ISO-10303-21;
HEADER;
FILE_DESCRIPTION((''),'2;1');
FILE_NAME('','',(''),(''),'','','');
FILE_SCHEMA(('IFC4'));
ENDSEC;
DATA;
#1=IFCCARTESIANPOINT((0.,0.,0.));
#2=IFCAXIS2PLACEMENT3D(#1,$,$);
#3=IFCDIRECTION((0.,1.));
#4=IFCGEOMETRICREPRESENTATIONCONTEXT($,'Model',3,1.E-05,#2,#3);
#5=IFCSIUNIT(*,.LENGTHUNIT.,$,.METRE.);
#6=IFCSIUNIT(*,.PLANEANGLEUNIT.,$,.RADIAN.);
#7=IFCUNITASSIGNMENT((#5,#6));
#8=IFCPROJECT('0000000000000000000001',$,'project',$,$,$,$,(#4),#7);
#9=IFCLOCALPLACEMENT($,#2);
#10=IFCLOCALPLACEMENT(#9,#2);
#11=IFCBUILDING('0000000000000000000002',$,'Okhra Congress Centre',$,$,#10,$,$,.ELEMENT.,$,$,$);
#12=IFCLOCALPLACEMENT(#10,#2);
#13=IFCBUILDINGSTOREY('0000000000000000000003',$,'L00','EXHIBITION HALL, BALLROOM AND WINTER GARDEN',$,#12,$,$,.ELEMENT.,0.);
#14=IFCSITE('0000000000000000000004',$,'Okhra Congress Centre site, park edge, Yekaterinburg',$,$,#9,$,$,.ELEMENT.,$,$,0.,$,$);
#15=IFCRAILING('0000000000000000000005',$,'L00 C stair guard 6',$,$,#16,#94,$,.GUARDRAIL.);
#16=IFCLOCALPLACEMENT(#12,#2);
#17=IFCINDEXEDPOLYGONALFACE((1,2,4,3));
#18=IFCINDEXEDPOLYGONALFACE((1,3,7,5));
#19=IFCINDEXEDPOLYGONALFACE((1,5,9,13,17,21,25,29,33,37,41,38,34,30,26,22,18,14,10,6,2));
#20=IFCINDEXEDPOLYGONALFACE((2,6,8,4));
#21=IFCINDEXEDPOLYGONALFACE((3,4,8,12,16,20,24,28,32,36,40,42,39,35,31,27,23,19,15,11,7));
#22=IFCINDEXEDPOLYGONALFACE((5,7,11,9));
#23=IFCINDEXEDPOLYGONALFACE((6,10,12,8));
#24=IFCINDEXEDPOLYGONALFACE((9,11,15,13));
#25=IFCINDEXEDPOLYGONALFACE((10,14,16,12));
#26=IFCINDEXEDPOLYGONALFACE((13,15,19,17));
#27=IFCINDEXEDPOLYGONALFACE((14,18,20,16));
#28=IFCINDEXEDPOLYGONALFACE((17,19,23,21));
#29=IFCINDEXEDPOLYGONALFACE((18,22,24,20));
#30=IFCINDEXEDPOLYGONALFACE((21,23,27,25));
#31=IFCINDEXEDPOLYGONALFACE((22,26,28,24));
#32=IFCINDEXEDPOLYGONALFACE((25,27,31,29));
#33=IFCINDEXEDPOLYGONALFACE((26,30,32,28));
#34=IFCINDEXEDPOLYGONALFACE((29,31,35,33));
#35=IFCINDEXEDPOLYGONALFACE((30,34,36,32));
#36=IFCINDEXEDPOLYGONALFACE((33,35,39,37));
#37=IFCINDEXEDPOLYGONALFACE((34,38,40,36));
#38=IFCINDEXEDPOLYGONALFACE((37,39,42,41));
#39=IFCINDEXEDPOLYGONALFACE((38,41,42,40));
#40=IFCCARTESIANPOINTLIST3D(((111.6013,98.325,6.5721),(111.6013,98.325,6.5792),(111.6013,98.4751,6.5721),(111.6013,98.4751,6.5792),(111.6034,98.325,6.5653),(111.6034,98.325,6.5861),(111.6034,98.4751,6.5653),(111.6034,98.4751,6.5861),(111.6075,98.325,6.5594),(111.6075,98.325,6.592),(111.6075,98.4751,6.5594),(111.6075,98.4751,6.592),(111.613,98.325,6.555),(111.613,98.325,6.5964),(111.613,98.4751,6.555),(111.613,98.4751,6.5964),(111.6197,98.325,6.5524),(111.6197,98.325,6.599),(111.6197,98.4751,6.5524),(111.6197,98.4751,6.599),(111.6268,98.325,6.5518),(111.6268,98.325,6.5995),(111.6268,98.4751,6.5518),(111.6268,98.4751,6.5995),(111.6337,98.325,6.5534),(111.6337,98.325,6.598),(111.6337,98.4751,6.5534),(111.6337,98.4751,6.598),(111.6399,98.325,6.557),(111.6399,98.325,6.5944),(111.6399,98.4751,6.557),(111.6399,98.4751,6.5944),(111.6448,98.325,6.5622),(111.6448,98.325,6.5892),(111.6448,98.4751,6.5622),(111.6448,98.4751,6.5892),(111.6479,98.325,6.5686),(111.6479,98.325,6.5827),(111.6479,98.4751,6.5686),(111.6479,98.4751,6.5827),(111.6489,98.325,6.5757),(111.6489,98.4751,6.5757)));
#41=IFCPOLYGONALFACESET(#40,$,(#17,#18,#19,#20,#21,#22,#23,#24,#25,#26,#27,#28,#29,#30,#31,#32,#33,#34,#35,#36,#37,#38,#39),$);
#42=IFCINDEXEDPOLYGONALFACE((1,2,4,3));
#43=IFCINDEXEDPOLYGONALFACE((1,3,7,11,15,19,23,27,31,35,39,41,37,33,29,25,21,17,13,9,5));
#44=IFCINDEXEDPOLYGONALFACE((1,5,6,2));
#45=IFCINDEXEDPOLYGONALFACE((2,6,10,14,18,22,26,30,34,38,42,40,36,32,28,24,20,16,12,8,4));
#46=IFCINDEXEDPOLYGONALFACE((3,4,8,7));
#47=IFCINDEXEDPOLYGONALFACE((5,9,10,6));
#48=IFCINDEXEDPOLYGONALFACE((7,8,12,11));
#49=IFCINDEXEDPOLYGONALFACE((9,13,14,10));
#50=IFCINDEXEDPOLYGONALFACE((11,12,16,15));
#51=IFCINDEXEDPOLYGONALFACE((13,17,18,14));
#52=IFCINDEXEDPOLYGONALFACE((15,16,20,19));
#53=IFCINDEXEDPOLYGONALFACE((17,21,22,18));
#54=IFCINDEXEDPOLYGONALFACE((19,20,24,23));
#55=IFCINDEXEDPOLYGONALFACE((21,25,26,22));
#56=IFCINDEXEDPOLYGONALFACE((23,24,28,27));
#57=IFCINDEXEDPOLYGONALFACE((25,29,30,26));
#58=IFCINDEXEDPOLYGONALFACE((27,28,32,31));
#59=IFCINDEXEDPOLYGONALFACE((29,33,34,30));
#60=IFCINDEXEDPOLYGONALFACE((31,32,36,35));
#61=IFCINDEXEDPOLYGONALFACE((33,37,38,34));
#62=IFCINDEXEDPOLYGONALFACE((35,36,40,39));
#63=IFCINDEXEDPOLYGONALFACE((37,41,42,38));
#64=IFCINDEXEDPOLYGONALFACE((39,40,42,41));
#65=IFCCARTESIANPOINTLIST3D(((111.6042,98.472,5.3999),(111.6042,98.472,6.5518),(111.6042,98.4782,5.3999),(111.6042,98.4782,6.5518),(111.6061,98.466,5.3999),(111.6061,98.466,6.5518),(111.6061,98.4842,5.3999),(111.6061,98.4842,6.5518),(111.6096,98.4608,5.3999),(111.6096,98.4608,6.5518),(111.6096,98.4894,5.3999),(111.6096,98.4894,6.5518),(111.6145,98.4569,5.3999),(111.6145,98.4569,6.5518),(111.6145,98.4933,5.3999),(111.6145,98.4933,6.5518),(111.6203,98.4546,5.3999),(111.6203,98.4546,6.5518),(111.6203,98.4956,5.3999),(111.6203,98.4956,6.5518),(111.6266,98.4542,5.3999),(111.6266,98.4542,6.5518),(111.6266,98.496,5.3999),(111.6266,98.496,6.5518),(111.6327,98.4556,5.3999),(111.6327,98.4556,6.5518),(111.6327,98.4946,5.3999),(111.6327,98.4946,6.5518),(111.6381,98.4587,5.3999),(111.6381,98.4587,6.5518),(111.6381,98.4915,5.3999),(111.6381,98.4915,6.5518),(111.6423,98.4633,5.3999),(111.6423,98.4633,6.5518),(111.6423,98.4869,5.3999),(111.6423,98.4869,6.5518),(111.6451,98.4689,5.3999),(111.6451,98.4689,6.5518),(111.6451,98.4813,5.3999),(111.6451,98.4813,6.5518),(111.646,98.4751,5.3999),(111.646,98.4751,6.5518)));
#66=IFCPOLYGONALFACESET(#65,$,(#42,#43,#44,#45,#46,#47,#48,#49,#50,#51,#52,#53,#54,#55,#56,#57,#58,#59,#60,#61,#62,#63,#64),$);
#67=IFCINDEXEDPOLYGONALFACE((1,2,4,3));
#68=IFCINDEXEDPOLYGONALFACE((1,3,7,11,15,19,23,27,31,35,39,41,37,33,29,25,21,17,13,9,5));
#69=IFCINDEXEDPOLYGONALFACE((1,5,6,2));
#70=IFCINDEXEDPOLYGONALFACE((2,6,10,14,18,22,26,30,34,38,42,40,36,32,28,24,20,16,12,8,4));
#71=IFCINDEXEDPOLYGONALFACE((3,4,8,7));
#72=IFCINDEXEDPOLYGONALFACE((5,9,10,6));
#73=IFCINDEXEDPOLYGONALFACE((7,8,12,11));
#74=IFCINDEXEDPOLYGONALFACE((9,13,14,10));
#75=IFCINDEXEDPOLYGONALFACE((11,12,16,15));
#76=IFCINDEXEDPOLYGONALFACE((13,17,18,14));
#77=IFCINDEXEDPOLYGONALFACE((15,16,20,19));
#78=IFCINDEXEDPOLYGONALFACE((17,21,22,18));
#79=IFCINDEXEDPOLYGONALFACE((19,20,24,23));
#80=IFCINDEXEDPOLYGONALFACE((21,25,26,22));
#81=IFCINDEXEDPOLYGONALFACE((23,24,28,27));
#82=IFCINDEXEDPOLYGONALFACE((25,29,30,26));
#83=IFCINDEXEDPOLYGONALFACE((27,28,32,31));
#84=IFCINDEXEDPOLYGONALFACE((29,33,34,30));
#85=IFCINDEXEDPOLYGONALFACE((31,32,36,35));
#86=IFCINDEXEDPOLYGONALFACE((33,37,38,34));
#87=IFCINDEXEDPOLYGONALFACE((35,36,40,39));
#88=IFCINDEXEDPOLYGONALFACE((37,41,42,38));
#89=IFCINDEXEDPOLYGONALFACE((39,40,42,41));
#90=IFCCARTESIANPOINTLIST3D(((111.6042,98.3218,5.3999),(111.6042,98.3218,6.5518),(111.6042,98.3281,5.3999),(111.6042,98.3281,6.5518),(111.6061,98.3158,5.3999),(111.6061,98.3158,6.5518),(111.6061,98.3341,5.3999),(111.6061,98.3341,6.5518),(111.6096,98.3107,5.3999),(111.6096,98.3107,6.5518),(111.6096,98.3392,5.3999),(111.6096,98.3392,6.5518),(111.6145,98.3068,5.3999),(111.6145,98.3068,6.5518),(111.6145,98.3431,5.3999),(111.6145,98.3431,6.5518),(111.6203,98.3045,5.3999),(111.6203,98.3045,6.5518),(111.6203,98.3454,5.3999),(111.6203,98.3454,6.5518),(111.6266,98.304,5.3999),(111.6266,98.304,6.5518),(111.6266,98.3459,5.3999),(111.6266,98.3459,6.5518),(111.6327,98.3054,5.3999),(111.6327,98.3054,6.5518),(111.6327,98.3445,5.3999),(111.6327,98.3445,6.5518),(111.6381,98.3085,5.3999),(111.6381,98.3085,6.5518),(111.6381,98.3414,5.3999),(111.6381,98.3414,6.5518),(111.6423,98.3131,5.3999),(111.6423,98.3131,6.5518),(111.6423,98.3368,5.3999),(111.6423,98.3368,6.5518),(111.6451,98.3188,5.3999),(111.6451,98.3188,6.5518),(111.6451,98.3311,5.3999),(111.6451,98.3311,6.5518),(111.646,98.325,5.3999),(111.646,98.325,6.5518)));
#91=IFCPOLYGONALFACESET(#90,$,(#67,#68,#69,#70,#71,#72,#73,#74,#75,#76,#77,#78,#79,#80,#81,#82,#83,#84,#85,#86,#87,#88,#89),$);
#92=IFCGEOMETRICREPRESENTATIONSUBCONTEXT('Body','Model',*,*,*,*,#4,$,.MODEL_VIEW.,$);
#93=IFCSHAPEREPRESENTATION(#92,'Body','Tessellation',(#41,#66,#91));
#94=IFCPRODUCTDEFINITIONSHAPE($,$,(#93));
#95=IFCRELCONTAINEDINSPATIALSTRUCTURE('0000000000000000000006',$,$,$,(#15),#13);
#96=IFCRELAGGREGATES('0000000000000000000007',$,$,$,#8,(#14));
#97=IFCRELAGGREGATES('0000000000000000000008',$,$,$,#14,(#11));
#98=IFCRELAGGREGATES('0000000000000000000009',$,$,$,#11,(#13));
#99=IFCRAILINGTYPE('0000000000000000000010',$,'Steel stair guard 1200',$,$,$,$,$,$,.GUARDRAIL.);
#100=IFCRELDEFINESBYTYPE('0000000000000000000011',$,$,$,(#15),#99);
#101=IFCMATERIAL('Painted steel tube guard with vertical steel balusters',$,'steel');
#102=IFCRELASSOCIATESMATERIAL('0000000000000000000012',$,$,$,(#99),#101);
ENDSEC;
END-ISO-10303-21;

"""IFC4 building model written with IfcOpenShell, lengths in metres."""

from ifc_helpers import new_model, si_unit, direction, frame, origin, origin_2d, place, context, subcontext, project, spatial, circle, extrude, material, type_object, element, save


model = new_model("IFC4")

# Units and contexts
model_context = context("Model", 3, precision=1e-05, world=origin(), true_north=direction((0.0, 1.0)))
body_context = subcontext(model_context, "Body", "Model", "MODEL_VIEW")
ifc_project = project(units=[si_unit("LENGTHUNIT", "METRE"), si_unit("PLANEANGLEUNIT", "RADIAN")], contexts=[model_context])

# Site, building, storey
site_placement = place(None, origin())
site = spatial("IfcSite", under=ifc_project, at=site_placement, Name="Okhra Congress Centre site, park edge, Yekaterinburg", CompositionType="ELEMENT", RefElevation=0.0)
building_placement = place(site_placement, origin())
building = spatial("IfcBuilding", under=site, at=building_placement, Name="Okhra Congress Centre", CompositionType="ELEMENT")
storey_placement = place(building_placement, origin())
storey = spatial("IfcBuildingStorey", under=building, at=storey_placement, Name="L00", Description="EXHIBITION HALL, BALLROOM AND WINTER GARDEN", CompositionType="ELEMENT", Elevation=0.0)

# Railing
ifc_material_1 = material(Name="Painted steel tube guard with vertical steel balusters", Category="steel")
railing_type_1 = type_object("IfcRailingType", Name="Steel stair guard 1200", PredefinedType="GUARDRAIL", material=ifc_material_1)
railing_1_placement = place(storey_placement, frame((111.625, 98.4751, 5.3999)))
element("IfcRailing", 1, at=railing_1_placement, inside=storey, type_object=railing_type_1, Name="L00 C stair guard 6", PredefinedType="GUARDRAIL", context=body_context, shape_type="SweptSolid", body=[
    extrude(circle(Radius=0.0239, at=origin_2d()), frame((0.0, 0.0, 1.1758), z_axis=(0.0, -1.0, 0.0), x_axis=(1.0, 0.0, 0.0)), (0.0, 0.0, 1.0), 0.1501),
    extrude(circle(Radius=0.021, at=origin_2d()), origin(), (0.0, 0.0, 1.0), 1.1519),
    extrude(circle(Radius=0.021, at=origin_2d()), frame((0.0, -0.1501, 0.0)), (0.0, 0.0, 1.0), 1.1519),
])

save(model, "model.ifc")
